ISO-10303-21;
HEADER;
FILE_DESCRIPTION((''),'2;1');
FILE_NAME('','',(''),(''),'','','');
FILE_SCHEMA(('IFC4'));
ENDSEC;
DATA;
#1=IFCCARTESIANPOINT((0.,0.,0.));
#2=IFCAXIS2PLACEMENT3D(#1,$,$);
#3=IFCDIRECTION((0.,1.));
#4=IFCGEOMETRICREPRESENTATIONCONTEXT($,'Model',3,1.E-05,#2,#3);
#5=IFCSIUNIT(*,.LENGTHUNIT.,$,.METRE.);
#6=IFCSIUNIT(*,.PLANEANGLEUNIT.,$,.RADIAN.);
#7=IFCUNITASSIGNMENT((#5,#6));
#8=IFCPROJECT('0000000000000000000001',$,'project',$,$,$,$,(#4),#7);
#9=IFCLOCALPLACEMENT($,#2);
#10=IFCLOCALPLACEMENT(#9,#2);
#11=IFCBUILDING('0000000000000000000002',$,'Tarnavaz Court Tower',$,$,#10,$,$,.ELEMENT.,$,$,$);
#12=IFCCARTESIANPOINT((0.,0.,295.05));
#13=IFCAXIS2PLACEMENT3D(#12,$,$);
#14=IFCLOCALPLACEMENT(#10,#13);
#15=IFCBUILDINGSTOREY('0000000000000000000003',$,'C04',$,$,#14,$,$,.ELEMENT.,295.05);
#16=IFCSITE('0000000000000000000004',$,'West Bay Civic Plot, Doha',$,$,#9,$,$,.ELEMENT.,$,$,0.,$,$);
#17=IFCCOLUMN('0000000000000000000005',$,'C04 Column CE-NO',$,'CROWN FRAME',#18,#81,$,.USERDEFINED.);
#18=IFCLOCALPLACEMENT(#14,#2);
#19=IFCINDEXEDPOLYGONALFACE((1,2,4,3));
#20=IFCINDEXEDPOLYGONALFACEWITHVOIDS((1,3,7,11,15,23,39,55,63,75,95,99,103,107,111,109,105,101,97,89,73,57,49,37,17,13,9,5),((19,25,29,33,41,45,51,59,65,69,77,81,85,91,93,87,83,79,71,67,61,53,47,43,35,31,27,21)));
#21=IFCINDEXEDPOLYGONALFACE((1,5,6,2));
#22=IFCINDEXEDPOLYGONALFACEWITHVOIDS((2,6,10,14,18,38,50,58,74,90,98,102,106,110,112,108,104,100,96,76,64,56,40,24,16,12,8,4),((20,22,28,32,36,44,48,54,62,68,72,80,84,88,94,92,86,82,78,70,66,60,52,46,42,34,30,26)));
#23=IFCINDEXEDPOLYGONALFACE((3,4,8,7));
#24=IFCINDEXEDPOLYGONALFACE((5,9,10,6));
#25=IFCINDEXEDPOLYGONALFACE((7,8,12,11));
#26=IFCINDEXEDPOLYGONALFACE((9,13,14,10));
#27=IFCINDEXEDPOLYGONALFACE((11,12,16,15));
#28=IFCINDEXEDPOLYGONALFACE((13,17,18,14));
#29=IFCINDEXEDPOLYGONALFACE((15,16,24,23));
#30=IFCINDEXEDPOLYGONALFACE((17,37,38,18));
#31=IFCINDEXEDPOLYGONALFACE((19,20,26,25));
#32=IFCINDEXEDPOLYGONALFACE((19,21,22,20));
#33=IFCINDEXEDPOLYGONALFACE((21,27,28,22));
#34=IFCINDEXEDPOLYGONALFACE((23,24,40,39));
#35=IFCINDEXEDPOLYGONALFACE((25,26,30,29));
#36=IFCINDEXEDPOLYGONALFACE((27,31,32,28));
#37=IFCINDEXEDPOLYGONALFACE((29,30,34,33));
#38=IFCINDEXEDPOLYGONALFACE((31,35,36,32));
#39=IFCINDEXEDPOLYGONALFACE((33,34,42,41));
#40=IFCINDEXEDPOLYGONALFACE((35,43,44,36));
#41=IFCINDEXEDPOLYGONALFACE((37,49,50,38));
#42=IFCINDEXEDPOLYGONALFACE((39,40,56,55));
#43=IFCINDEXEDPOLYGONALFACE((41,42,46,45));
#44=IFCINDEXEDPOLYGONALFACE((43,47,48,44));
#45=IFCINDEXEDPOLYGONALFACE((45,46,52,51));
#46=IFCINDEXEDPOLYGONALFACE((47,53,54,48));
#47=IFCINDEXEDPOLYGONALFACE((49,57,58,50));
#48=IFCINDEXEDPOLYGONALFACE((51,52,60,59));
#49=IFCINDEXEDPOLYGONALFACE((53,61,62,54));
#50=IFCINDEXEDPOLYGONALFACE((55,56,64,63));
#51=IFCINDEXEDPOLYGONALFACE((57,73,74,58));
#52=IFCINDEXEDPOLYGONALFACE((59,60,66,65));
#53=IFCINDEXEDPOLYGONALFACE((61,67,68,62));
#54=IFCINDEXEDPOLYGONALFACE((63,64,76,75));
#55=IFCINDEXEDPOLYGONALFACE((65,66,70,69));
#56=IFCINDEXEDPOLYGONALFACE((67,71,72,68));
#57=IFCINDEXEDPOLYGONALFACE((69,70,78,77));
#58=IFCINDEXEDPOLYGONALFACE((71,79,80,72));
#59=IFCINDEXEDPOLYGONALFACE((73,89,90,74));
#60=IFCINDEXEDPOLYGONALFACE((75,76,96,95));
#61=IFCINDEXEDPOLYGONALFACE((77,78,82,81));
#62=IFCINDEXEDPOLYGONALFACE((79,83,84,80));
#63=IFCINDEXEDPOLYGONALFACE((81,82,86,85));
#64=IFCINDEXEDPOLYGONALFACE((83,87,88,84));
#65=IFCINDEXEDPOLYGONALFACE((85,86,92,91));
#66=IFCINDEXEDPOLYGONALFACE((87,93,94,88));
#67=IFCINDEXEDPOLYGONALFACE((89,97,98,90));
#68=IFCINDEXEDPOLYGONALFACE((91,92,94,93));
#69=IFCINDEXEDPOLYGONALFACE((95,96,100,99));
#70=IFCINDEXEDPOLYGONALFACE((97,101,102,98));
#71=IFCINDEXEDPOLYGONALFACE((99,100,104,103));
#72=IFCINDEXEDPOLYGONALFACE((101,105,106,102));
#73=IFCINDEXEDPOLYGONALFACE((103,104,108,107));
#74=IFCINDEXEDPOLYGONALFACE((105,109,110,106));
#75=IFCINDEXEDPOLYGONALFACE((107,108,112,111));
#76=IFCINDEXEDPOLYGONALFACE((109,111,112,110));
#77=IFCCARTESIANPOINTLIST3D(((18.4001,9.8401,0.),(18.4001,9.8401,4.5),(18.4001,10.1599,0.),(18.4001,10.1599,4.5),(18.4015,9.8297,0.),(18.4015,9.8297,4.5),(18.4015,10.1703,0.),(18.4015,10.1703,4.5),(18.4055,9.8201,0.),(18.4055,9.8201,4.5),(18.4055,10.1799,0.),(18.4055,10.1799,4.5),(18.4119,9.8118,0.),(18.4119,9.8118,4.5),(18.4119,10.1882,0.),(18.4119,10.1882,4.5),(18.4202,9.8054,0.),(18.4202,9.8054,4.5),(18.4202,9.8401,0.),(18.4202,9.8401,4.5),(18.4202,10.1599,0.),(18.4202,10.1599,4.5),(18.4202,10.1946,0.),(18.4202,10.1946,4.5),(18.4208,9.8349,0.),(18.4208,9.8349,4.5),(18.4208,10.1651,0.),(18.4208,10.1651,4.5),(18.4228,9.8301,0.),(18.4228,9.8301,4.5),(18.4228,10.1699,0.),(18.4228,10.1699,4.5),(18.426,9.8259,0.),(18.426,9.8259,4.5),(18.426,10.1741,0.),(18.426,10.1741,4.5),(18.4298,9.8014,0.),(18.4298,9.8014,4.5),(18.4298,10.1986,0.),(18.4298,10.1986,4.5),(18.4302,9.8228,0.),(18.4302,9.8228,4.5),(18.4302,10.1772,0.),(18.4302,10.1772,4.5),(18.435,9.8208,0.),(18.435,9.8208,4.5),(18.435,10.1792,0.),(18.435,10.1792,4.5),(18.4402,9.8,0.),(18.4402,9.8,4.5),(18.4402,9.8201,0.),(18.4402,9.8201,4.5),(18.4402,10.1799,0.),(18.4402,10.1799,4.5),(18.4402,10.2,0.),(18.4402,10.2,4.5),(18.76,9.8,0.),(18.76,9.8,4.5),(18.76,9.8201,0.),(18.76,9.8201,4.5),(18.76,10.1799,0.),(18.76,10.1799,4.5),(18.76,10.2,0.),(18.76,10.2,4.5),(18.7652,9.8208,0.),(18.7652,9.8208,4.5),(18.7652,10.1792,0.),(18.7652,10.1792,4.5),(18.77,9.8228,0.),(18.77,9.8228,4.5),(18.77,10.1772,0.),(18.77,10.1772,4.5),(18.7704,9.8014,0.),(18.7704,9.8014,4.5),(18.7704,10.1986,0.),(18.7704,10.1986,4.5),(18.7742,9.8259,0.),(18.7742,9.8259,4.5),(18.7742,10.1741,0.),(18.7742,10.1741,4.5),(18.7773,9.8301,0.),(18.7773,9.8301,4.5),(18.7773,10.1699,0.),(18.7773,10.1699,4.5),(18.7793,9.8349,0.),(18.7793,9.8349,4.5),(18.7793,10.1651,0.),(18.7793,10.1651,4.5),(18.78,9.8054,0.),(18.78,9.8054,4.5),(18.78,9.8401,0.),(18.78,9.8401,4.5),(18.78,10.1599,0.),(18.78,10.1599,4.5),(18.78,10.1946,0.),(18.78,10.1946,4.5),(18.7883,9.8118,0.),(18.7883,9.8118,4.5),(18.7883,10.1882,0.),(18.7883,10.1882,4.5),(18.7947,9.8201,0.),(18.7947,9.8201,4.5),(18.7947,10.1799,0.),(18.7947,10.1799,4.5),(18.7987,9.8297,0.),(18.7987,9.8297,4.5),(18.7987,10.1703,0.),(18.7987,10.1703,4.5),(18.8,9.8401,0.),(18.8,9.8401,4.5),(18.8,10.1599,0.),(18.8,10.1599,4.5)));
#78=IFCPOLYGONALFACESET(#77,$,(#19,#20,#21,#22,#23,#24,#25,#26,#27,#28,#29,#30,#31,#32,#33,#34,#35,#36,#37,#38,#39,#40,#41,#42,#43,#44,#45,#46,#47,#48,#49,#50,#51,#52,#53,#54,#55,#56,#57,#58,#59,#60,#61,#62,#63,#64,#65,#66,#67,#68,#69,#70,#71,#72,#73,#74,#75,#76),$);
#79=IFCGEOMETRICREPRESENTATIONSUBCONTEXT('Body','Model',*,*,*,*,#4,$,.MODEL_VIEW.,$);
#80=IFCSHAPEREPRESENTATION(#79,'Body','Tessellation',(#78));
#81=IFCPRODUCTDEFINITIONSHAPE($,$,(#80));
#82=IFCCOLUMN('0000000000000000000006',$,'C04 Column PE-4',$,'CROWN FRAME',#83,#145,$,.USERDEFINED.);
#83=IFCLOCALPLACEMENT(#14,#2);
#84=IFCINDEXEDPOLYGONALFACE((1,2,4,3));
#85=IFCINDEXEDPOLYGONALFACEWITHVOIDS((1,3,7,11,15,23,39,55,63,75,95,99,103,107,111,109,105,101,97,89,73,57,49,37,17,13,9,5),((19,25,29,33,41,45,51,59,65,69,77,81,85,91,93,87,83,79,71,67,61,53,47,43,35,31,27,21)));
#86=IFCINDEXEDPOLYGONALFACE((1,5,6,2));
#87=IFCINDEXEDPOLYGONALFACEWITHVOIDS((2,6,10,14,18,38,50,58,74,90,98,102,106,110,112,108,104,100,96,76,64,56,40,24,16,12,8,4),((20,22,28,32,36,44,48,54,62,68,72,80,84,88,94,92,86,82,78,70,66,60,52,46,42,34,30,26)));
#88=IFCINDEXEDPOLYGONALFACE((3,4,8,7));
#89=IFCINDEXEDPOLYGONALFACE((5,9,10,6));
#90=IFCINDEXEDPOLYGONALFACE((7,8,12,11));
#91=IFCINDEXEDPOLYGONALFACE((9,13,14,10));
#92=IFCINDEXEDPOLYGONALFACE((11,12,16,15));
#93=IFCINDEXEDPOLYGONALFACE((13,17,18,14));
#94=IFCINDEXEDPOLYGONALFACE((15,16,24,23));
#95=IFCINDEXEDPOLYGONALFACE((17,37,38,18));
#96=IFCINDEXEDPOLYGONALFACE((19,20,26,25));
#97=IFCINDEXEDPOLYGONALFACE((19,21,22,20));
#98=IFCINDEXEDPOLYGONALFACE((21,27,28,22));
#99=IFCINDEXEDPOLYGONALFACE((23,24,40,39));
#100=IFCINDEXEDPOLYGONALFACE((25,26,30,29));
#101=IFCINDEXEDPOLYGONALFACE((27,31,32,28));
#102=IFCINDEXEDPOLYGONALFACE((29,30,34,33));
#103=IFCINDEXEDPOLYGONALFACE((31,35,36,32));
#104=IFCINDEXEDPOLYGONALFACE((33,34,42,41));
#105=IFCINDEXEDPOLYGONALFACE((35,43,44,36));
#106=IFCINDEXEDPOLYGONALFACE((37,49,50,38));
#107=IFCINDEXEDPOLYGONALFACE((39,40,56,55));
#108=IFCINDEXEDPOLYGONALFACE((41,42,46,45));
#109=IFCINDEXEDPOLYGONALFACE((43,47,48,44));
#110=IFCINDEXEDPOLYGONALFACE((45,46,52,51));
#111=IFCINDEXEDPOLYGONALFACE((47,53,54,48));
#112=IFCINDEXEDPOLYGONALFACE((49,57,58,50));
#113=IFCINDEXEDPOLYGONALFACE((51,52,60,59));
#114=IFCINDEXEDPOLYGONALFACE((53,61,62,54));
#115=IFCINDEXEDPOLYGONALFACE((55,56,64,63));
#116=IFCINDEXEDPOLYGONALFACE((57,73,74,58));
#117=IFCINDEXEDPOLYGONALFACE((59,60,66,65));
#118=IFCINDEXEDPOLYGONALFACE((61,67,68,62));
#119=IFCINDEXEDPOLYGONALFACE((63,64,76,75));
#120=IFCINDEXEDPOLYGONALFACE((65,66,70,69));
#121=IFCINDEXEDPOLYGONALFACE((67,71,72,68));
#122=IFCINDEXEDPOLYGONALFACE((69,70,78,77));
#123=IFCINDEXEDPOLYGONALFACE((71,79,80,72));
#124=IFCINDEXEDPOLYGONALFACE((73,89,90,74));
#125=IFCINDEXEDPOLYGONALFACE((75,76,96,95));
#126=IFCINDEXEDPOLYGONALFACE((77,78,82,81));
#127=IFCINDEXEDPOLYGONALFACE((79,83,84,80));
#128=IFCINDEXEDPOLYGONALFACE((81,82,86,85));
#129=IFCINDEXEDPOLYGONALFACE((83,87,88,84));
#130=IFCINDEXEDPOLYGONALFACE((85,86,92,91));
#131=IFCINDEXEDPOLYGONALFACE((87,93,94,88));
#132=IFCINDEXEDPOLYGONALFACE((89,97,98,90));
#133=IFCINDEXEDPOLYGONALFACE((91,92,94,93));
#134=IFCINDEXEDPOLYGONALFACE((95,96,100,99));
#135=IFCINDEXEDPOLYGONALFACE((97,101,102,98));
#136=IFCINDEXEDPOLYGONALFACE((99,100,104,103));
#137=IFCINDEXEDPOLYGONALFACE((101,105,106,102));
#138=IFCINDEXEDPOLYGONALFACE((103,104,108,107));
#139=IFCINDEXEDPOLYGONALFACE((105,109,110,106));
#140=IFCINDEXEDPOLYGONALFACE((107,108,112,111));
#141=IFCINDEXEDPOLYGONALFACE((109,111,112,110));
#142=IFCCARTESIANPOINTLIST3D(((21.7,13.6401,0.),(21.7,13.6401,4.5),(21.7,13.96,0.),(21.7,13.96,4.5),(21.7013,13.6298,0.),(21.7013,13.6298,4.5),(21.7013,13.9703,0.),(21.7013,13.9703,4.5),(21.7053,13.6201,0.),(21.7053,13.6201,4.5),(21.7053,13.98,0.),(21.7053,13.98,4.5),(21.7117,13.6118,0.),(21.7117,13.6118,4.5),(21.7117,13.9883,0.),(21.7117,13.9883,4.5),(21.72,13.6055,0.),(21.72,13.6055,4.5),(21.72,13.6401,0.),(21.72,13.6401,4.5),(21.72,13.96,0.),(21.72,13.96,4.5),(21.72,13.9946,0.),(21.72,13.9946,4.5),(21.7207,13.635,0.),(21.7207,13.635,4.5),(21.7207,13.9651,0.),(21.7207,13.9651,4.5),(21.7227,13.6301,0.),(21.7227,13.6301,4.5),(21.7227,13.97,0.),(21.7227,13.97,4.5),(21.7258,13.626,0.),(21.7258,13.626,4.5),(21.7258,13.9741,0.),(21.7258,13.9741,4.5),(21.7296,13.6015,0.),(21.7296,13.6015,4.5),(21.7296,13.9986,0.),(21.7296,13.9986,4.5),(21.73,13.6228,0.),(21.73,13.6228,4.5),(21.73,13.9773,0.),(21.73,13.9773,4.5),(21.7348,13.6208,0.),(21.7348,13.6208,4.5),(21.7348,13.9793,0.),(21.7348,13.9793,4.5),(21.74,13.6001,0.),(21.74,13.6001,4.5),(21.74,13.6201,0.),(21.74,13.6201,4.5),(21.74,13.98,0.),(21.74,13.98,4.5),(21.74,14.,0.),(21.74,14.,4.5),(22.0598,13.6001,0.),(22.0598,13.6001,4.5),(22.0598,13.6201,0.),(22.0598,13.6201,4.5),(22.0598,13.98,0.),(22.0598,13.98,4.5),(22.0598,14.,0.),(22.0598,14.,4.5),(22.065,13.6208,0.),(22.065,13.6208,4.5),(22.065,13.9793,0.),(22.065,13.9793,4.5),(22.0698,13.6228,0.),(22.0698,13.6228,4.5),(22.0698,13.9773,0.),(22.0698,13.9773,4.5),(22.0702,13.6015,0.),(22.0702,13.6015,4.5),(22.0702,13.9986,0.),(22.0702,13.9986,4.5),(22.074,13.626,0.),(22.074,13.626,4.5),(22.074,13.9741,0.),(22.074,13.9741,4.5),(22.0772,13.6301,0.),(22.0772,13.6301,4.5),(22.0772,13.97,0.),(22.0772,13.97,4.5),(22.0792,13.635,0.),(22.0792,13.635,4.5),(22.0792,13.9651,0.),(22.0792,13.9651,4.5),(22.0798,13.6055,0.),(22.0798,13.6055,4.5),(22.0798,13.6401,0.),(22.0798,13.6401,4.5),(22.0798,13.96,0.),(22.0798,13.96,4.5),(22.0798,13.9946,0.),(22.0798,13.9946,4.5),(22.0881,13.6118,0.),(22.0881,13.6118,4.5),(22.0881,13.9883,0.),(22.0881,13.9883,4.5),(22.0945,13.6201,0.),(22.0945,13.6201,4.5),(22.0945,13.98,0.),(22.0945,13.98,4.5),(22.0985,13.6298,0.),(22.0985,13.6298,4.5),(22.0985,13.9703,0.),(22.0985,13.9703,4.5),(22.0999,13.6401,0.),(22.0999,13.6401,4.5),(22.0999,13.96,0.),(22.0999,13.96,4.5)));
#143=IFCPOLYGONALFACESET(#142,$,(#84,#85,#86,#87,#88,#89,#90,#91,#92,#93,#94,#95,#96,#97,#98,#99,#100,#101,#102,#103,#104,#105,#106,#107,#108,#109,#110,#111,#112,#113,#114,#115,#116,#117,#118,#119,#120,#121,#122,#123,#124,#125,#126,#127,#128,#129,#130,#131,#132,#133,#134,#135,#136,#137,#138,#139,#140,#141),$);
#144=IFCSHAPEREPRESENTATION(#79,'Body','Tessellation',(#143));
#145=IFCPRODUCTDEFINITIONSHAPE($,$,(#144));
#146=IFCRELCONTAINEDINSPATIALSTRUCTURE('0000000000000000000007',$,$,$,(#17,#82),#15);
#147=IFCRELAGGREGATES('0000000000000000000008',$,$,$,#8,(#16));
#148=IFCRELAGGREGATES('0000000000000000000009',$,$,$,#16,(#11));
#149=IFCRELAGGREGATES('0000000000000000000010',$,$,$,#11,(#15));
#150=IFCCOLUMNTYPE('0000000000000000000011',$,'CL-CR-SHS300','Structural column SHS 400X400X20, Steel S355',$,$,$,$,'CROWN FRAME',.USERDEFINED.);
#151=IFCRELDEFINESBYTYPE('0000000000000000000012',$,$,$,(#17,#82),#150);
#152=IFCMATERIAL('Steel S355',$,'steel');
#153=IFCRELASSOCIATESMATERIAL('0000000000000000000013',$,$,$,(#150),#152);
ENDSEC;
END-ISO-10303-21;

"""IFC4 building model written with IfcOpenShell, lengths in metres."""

from ifc_helpers import new_model, si_unit, direction, frame, origin, origin_2d, place, context, subcontext, project, spatial, hollow_rectangle, extrude, material, material_profile, profile_set, type_object, element, save


model = new_model("IFC4")

# Units and contexts
model_context = context("Model", 3, precision=1e-05, world=origin(), true_north=direction((0.0, 1.0)))
body_context = subcontext(model_context, "Body", "Model", "MODEL_VIEW")
ifc_project = project(units=[si_unit("LENGTHUNIT", "METRE"), si_unit("PLANEANGLEUNIT", "RADIAN")], contexts=[model_context])

# Site, building, storey
site_placement = place(None, origin())
site = spatial("IfcSite", under=ifc_project, at=site_placement, Name="West Bay Civic Plot, Doha", CompositionType="ELEMENT", RefElevation=0.0)
building_placement = place(site_placement, origin())
building = spatial("IfcBuilding", under=site, at=building_placement, Name="Tarnavaz Court Tower", CompositionType="ELEMENT")
storey_placement = place(building_placement, frame((0.0, 0.0, 295.05)))
storey = spatial("IfcBuildingStorey", under=building, at=storey_placement, Name="C04", CompositionType="ELEMENT", Elevation=295.05)

# Columns
ifc_material_1 = material(Name="Steel S355", Category="steel")
ifc_material_profile_1 = material_profile(ifc_material_1, hollow_rectangle(XDim=0.3999, YDim=0.3999, WallThickness=0.02, InnerFilletRadius=0.02, OuterFilletRadius=0.04, at=origin_2d()), Name="SHS 400X400X20")
ifc_profile_set_1 = profile_set([ifc_material_profile_1], Name="Steel S355")
column_type = type_object("IfcColumnType", Name="CL-CR-SHS300", Description="Structural column SHS 400X400X20, Steel S355", ElementType="CROWN FRAME", PredefinedType="USERDEFINED", material=ifc_profile_set_1)
for number, where, z_axis, x_axis, name in (
    (1, (18.6001, 10.0, 0.0), (0.0, 0.0, 1.0), (1.0, 0.0, 0.0), "C04 Column CE-NO"),
    (2, (21.8999, 13.8, 0.0), (0.0, 0.0, 1.0), (1.0, 0.0, 0.0), "C04 Column PE-4"),
):
    element("IfcColumn", number, at=place(storey_placement, frame(where, z_axis=z_axis, x_axis=x_axis)), inside=storey, type_object=column_type, Name=name, ObjectType="CROWN FRAME", PredefinedType="USERDEFINED", context=body_context, shape_type="SweptSolid", body=[
        extrude(hollow_rectangle(XDim=0.3999, YDim=0.3999, WallThickness=0.02, InnerFilletRadius=0.02, OuterFilletRadius=0.04, at=origin_2d()), origin(), (0.0, 0.0, 1.0), 4.5),
    ])

save(model, "model.ifc")
